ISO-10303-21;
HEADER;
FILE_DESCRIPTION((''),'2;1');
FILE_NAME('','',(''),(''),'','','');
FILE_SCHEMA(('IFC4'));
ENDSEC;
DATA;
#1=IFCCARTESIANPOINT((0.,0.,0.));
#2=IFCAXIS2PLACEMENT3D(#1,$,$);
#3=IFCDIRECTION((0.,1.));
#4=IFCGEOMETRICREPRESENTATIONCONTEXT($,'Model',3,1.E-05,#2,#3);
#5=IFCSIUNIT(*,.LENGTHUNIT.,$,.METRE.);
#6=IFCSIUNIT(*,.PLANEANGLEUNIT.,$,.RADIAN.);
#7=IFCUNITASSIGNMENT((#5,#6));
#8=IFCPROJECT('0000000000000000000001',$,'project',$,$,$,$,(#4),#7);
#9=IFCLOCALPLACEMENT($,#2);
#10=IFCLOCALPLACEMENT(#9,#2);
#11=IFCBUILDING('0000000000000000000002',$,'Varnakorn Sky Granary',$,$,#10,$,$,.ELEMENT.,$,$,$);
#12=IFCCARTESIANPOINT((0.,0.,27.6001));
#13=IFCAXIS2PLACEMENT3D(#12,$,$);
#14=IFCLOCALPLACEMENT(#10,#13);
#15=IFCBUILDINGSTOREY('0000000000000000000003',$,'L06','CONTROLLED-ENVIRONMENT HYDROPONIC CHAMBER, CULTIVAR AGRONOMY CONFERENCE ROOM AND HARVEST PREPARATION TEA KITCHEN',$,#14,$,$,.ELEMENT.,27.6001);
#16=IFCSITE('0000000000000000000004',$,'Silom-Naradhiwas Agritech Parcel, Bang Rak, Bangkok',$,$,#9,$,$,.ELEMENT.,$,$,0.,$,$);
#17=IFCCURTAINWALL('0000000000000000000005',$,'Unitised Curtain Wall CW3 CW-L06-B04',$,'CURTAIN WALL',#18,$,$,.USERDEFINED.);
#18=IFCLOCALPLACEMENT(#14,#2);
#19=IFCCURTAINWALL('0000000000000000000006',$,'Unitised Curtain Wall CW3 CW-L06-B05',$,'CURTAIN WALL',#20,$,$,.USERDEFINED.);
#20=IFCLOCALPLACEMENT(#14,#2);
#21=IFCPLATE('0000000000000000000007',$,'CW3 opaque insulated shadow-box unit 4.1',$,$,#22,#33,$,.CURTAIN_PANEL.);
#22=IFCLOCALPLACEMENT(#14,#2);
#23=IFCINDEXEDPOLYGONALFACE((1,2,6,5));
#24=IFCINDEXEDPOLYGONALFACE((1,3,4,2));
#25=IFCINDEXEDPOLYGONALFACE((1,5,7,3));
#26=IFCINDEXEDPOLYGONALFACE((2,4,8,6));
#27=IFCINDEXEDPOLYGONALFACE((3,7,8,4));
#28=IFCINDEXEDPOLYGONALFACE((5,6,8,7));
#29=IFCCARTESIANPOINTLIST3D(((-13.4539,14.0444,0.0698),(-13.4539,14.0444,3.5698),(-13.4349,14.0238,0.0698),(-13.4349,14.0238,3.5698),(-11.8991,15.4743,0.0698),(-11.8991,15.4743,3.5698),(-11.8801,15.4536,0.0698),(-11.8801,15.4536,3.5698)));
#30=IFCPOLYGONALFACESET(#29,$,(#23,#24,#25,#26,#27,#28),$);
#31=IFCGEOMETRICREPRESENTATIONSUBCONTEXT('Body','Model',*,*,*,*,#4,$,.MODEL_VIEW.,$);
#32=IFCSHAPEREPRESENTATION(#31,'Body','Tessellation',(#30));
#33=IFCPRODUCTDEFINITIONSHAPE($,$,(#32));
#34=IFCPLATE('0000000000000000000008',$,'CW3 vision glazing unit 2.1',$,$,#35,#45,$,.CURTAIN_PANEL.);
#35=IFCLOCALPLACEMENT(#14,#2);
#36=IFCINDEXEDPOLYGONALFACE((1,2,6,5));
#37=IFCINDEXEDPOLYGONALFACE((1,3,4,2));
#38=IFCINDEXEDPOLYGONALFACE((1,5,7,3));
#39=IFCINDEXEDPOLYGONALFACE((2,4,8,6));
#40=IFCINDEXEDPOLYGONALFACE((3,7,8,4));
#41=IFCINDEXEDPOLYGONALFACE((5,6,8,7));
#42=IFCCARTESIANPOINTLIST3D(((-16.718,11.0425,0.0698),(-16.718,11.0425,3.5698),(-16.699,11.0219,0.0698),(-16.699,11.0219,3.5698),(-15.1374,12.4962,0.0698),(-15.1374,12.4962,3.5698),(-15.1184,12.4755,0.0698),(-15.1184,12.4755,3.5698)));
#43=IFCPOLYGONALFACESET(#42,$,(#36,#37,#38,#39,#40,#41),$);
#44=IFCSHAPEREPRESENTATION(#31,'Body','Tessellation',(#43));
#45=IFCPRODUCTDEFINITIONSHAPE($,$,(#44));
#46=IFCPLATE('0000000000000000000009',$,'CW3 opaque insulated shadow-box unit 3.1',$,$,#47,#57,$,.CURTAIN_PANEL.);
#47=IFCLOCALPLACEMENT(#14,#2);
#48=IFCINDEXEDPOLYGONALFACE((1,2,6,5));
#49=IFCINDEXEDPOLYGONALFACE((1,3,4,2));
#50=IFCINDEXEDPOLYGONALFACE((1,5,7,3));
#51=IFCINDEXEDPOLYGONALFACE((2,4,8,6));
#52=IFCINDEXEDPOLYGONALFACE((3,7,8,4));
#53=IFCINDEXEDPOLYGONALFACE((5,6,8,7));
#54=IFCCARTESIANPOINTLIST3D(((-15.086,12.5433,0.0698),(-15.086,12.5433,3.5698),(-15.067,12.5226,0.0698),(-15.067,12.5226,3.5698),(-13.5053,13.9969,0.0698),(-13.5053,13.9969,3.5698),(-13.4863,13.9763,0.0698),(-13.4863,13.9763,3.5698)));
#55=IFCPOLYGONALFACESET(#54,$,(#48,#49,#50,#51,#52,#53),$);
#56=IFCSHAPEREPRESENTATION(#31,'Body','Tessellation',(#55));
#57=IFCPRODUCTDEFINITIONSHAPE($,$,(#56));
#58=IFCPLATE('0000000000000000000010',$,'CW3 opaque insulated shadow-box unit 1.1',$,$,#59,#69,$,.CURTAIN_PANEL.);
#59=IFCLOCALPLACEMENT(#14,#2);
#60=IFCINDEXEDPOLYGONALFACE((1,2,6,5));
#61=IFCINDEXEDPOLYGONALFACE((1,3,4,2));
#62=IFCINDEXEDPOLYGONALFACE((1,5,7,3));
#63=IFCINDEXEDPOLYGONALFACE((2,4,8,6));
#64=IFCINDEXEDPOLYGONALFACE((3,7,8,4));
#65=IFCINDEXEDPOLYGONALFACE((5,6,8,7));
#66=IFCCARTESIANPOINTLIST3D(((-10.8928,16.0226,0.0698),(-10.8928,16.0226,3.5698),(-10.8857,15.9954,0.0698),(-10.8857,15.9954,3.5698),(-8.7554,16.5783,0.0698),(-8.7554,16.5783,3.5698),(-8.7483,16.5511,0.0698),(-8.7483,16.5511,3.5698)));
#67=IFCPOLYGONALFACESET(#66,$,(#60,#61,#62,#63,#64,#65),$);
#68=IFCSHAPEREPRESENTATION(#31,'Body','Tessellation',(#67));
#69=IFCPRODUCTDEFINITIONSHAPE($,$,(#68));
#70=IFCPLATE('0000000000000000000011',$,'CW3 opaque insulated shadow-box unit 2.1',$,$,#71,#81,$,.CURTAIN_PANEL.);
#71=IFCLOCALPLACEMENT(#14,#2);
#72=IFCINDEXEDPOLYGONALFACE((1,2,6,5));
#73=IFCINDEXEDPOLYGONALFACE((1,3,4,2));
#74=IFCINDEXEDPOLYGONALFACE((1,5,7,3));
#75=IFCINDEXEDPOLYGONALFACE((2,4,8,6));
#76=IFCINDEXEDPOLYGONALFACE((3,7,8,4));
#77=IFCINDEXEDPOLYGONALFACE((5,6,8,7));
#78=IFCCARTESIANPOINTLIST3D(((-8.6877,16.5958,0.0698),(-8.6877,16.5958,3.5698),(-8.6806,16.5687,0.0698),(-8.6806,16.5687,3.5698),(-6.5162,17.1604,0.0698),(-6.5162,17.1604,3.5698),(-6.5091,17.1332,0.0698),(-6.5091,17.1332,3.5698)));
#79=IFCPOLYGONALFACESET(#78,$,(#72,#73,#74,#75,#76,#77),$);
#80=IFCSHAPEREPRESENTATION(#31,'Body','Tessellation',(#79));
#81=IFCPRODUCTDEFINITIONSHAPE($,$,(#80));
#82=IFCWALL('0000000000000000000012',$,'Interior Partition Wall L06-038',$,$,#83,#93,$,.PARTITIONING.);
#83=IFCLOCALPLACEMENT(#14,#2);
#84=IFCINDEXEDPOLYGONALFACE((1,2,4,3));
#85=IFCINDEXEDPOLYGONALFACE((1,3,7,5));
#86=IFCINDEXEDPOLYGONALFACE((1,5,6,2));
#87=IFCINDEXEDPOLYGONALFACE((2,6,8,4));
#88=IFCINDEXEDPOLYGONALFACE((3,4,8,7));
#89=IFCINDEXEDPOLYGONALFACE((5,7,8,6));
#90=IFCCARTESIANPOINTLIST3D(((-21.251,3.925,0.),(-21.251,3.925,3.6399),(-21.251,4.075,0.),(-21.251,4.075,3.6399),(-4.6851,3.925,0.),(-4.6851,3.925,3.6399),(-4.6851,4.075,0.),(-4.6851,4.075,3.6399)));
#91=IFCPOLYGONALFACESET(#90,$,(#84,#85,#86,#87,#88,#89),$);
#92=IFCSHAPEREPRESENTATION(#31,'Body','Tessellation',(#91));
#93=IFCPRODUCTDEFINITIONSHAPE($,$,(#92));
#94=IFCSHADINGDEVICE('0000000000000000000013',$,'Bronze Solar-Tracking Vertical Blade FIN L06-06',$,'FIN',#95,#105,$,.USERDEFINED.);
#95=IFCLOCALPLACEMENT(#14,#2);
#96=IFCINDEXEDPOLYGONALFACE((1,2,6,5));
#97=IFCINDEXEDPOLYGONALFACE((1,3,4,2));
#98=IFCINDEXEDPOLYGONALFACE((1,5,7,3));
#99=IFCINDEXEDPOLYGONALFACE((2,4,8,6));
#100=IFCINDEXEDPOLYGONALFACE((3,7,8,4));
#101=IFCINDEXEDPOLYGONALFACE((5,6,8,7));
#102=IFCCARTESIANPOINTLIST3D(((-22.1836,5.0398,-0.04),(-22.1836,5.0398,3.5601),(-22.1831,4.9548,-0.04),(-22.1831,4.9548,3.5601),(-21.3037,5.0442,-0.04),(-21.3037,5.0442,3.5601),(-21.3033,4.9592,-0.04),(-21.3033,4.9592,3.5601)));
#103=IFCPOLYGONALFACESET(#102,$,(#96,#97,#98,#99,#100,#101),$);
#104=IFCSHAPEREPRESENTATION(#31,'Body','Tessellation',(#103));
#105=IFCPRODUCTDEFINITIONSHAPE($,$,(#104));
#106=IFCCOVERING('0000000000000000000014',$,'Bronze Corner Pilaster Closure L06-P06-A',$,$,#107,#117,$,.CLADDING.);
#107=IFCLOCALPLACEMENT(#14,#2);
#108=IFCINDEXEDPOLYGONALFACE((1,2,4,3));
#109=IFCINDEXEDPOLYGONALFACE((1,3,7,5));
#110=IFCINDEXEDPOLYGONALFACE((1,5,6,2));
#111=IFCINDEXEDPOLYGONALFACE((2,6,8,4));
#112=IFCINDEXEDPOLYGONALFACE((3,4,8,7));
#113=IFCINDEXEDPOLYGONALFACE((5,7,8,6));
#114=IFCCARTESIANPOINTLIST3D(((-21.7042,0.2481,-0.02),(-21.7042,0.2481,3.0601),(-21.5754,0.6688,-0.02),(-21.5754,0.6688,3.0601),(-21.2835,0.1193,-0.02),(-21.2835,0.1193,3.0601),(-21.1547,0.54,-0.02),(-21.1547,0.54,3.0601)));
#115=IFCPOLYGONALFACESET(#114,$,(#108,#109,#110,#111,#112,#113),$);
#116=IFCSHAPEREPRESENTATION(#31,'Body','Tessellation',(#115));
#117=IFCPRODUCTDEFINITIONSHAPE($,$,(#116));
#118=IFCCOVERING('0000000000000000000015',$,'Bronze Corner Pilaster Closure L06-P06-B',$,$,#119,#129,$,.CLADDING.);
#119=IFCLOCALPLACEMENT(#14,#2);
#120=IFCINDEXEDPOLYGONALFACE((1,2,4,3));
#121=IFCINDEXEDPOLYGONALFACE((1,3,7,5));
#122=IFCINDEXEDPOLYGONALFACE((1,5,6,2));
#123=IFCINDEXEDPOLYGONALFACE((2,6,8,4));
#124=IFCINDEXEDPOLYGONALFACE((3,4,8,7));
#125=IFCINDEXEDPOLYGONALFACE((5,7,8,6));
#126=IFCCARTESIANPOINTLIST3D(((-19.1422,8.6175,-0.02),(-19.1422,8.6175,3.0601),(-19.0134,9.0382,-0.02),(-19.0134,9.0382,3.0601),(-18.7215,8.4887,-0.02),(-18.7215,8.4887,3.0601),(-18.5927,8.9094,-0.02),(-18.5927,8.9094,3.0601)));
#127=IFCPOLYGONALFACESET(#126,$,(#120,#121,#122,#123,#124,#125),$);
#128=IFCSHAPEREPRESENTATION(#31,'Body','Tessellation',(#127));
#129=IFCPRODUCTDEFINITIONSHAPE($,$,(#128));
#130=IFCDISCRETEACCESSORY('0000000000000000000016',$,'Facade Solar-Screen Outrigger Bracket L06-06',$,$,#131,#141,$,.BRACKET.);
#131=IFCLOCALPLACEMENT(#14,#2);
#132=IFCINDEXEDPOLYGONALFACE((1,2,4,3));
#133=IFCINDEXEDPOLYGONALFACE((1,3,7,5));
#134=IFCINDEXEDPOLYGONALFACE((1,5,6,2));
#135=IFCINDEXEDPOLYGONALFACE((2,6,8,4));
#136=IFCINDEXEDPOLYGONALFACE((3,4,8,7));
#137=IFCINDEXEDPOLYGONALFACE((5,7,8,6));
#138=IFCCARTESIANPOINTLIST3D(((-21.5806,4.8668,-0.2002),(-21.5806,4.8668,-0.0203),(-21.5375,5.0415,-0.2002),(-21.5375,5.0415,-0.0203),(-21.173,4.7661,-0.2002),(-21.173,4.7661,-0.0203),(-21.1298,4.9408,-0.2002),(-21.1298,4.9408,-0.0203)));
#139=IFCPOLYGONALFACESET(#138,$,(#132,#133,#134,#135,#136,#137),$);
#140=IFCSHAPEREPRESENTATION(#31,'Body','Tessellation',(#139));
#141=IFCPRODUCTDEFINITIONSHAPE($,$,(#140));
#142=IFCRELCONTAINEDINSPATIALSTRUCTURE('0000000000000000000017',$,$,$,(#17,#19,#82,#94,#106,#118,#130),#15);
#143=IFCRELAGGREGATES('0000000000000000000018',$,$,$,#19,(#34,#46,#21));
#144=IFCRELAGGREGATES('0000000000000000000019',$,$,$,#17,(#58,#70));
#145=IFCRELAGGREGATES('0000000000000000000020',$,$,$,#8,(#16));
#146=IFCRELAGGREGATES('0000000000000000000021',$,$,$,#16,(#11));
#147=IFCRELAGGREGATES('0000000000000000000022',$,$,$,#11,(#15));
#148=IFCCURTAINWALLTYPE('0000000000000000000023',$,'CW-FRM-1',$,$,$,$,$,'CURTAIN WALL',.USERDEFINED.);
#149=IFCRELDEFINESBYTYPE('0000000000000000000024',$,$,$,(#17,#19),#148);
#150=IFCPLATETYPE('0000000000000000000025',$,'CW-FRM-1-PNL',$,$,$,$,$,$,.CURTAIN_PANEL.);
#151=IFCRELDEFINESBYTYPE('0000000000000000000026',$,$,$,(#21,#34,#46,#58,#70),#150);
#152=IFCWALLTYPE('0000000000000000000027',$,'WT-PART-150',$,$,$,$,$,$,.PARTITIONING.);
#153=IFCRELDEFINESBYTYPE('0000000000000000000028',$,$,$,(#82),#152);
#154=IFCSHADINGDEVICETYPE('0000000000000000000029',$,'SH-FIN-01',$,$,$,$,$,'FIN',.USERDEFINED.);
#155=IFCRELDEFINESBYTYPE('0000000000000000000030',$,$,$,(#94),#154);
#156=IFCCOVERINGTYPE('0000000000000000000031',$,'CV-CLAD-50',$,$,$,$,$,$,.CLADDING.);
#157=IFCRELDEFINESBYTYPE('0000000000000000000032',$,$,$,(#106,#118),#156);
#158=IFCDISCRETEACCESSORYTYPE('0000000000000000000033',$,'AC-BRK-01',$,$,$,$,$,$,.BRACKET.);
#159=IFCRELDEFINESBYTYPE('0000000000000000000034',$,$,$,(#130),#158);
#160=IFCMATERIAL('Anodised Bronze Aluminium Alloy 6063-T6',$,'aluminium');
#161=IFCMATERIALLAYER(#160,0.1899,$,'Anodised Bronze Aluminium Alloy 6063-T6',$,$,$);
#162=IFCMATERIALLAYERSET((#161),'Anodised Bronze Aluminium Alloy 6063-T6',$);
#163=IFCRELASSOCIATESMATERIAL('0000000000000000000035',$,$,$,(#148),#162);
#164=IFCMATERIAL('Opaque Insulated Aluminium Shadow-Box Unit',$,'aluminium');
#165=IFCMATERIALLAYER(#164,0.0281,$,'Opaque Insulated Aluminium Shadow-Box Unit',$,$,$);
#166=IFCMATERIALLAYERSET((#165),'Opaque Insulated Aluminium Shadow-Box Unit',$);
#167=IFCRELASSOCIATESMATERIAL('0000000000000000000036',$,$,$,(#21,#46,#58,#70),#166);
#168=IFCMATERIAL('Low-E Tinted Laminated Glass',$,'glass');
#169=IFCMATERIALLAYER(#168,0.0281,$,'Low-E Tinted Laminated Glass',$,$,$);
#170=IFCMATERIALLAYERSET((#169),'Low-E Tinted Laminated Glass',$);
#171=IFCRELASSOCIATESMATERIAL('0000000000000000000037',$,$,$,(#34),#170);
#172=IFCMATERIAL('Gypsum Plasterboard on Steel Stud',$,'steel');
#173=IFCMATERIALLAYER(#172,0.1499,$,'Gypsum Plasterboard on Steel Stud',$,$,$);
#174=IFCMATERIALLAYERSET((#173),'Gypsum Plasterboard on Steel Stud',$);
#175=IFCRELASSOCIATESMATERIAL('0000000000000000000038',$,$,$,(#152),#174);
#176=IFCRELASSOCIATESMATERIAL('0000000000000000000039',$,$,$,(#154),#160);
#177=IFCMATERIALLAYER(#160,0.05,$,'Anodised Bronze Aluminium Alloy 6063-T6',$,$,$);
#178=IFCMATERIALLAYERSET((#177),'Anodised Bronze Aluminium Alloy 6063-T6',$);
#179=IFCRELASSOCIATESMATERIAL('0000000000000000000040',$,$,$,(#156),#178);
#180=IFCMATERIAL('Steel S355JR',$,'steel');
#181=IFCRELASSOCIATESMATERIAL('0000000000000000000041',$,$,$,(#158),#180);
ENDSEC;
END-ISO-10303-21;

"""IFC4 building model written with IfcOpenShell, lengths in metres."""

from ifc_helpers import new_model, si_unit, direction, frame, frame_2d, origin, origin_2d, place, context, subcontext, project, spatial, rectangle, extrude, source, transform, mapped, material, layer, layer_set, type_object, type_shapes, element, aggregate, save


model = new_model("IFC4")

# Units and contexts
model_context = context("Model", 3, precision=1e-05, world=origin(), true_north=direction((0.0, 1.0)))
body_context = subcontext(model_context, "Body", "Model", "MODEL_VIEW")
ifc_project = project(units=[si_unit("LENGTHUNIT", "METRE"), si_unit("PLANEANGLEUNIT", "RADIAN")], contexts=[model_context])

# Site, building, storey
site_placement = place(None, origin())
site = spatial("IfcSite", under=ifc_project, at=site_placement, Name="Silom-Naradhiwas Agritech Parcel, Bang Rak, Bangkok", CompositionType="ELEMENT", RefElevation=0.0)
building_placement = place(site_placement, origin())
building = spatial("IfcBuilding", under=site, at=building_placement, Name="Varnakorn Sky Granary", CompositionType="ELEMENT")
storey_placement = place(building_placement, frame((0.0, 0.0, 27.6001)))
storey = spatial("IfcBuildingStorey", under=building, at=storey_placement, Name="L06", Description="CONTROLLED-ENVIRONMENT HYDROPONIC CHAMBER, CULTIVAR AGRONOMY CONFERENCE ROOM AND HARVEST PREPARATION TEA KITCHEN", CompositionType="ELEMENT", Elevation=27.6001)

# Shared definitions
ifc_material_1 = material(Name="Steel S355JR", Category="steel")

# Curtain walls
ifc_material_2 = material(Name="Anodised Bronze Aluminium Alloy 6063-T6", Category="aluminium")
ifc_layer_1 = layer(ifc_material_2, 0.1899, Name="Anodised Bronze Aluminium Alloy 6063-T6")
ifc_layer_set_1 = layer_set([ifc_layer_1], Name="Anodised Bronze Aluminium Alloy 6063-T6")
curtain_wall_type = type_object("IfcCurtainWallType", Name="CW-FRM-1", ElementType="CURTAIN WALL", PredefinedType="USERDEFINED", material=ifc_layer_set_1)
curtain_wall_1_placement = place(storey_placement, origin())
curtain_wall_1 = element("IfcCurtainWall", 1, at=curtain_wall_1_placement, inside=storey, type_object=curtain_wall_type, Name="Unitised Curtain Wall CW3 CW-L06-B04", ObjectType="CURTAIN WALL", PredefinedType="USERDEFINED")
curtain_wall_2_placement = place(storey_placement, origin())
curtain_wall_2 = element("IfcCurtainWall", 2, at=curtain_wall_2_placement, inside=storey, type_object=curtain_wall_type, Name="Unitised Curtain Wall CW3 CW-L06-B05", ObjectType="CURTAIN WALL", PredefinedType="USERDEFINED")

# Plates
ifc_material_3 = material(Name="Low-E Tinted Laminated Glass", Category="glass")
ifc_layer_2 = layer(ifc_material_3, 0.0281, Name="Low-E Tinted Laminated Glass")
ifc_layer_set_2 = layer_set([ifc_layer_2], Name="Low-E Tinted Laminated Glass")
plate_type_1 = type_object("IfcPlateType", Name="CW-FRM-1-PNL", PredefinedType="CURTAIN_PANEL")
shared_shape_1 = source(origin(), body_context, "Body", "SweptSolid", [
    extrude(rectangle(XDim=2.1123, YDim=0.0281, at=origin_2d()), origin(), (0.0, 0.0, 1.0), 3.5),
])
ifc_material_4 = material(Name="Opaque Insulated Aluminium Shadow-Box Unit", Category="aluminium")
ifc_layer_3 = layer(ifc_material_4, 0.0281, Name="Opaque Insulated Aluminium Shadow-Box Unit")
ifc_layer_set_3 = layer_set([ifc_layer_3], Name="Opaque Insulated Aluminium Shadow-Box Unit")
plate_1_placement = place(storey_placement, frame((-12.667, 14.749, 0.0698), z_axis=(0.0, 0.0, 1.0), x_axis=(0.736062, 0.676914, 0.0)))
plate_1 = element("IfcPlate", 3, at=plate_1_placement, type_object=plate_type_1, material=ifc_layer_set_3, Name="CW3 opaque insulated shadow-box unit 4.1", PredefinedType="CURTAIN_PANEL", context=body_context, shape_type="MappedRepresentation", body=[
    mapped(shared_shape_1, transform((0.0, 0.0, 0.0), x_axis=(1.0, 0.0, 0.0), y_axis=(0.0, 1.0, 0.0), z_axis=(0.0, 0.0, 1.0), scale=1.0)),
])
shared_shape_2 = source(origin(), body_context, "Body", "SweptSolid", [
    extrude(rectangle(XDim=2.1475, YDim=0.0281, at=origin_2d()), origin(), (0.0, 0.0, 1.0), 3.5),
])
plate_2_placement = place(storey_placement, frame((-15.9182, 11.759, 0.0698), z_axis=(0.0, 0.0, 1.0), x_axis=(0.736062, 0.676914, 0.0)))
plate_2 = element("IfcPlate", 4, at=plate_2_placement, type_object=plate_type_1, material=ifc_layer_set_2, Name="CW3 vision glazing unit 2.1", PredefinedType="CURTAIN_PANEL", context=body_context, shape_type="MappedRepresentation", body=[
    mapped(shared_shape_2, transform((0.0, 0.0, 0.0), x_axis=(1.0, 0.0, 0.0), y_axis=(0.0, 1.0, 0.0), z_axis=(0.0, 0.0, 1.0), scale=1.0)),
])
plate_3_placement = place(storey_placement, frame((-14.2861, 13.2598, 0.0698), z_axis=(0.0, 0.0, 1.0), x_axis=(0.736062, 0.676914, 0.0)))
plate_3 = element("IfcPlate", 5, at=plate_3_placement, type_object=plate_type_1, material=ifc_layer_set_3, Name="CW3 opaque insulated shadow-box unit 3.1", PredefinedType="CURTAIN_PANEL", context=body_context, shape_type="MappedRepresentation", body=[
    mapped(shared_shape_2, transform((0.0, 0.0, 0.0), x_axis=(1.0, 0.0, 0.0), y_axis=(0.0, 1.0, 0.0), z_axis=(0.0, 0.0, 1.0), scale=1.0)),
])
aggregate(curtain_wall_2, [plate_2, plate_3, plate_1])
shared_shape_3 = source(origin(), body_context, "Body", "SweptSolid", [
    extrude(rectangle(XDim=2.2085, YDim=0.0281, at=origin_2d()), origin(), (0.0, 0.0, 1.0), 3.5),
])
plate_4_placement = place(storey_placement, frame((-9.8206, 16.2869, 0.0698), z_axis=(0.0, 0.0, 1.0), x_axis=(0.967829, 0.251609, 0.0)))
plate_4 = element("IfcPlate", 6, at=plate_4_placement, type_object=plate_type_1, material=ifc_layer_set_3, Name="CW3 opaque insulated shadow-box unit 1.1", PredefinedType="CURTAIN_PANEL", context=body_context, shape_type="MappedRepresentation", body=[
    mapped(shared_shape_3, transform((0.0, 0.0, 0.0), x_axis=(1.0, 0.0, 0.0), y_axis=(0.0, 1.0, 0.0), z_axis=(0.0, 0.0, 1.0), scale=1.0)),
])
shared_shape_4 = source(origin(), body_context, "Body", "SweptSolid", [
    extrude(rectangle(XDim=2.2437, YDim=0.0281, at=origin_2d()), origin(), (0.0, 0.0, 1.0), 3.5),
])
type_shapes(plate_type_1, [shared_shape_1, shared_shape_2, shared_shape_3, shared_shape_4])
plate_5_placement = place(storey_placement, frame((-7.5984, 16.8645, 0.0698), z_axis=(0.0, 0.0, 1.0), x_axis=(0.967829, 0.251609, 0.0)))
plate_5 = element("IfcPlate", 7, at=plate_5_placement, type_object=plate_type_1, material=ifc_layer_set_3, Name="CW3 opaque insulated shadow-box unit 2.1", PredefinedType="CURTAIN_PANEL", context=body_context, shape_type="MappedRepresentation", body=[
    mapped(shared_shape_4, transform((0.0, 0.0, 0.0), x_axis=(1.0, 0.0, 0.0), y_axis=(0.0, 1.0, 0.0), z_axis=(0.0, 0.0, 1.0), scale=1.0)),
])
aggregate(curtain_wall_1, [plate_4, plate_5])

# Wall
ifc_material_5 = material(Name="Gypsum Plasterboard on Steel Stud", Category="steel")
ifc_layer_4 = layer(ifc_material_5, 0.1499, Name="Gypsum Plasterboard on Steel Stud")
ifc_layer_set_4 = layer_set([ifc_layer_4], Name="Gypsum Plasterboard on Steel Stud")
wall_type = type_object("IfcWallType", Name="WT-PART-150", PredefinedType="PARTITIONING", material=ifc_layer_set_4)
wall_placement = place(storey_placement, frame((-21.251, 4.0, 0.0), z_axis=(0.0, 0.0, 1.0), x_axis=(1.0, 0.0, 0.0)))
element("IfcWall", 8, at=wall_placement, inside=storey, type_object=wall_type, Name="Interior Partition Wall L06-038", PredefinedType="PARTITIONING", context=body_context, shape_type="SweptSolid", body=[
    extrude(rectangle(XDim=16.5659, YDim=0.1499, at=frame_2d((8.283, 0.0))), origin(), (0.0, 0.0, 1.0), 3.6399),
])

# Shading device
shading_device_type = type_object("IfcShadingDeviceType", Name="SH-FIN-01", ElementType="FIN", PredefinedType="USERDEFINED", material=ifc_material_2)
shared_shape_5 = source(origin(), body_context, "Body", "SweptSolid", [
    extrude(rectangle(XDim=0.085, YDim=0.8799, at=origin_2d()), origin(), (0.0, 0.0, 1.0), 3.6001),
])
type_shapes(shading_device_type, [shared_shape_5])
shading_device_placement = place(storey_placement, frame((-21.7434, 4.9995, -0.04), z_axis=(0.0, 0.0, 1.0), x_axis=(0.005019, -0.999987, 0.0)))
element("IfcShadingDevice", 9, at=shading_device_placement, inside=storey, type_object=shading_device_type, Name="Bronze Solar-Tracking Vertical Blade FIN L06-06", ObjectType="FIN", PredefinedType="USERDEFINED", context=body_context, shape_type="MappedRepresentation", body=[
    mapped(shared_shape_5, transform((0.0, 0.0, 0.0), x_axis=(1.0, 0.0, 0.0), y_axis=(0.0, 1.0, 0.0), z_axis=(0.0, 0.0, 1.0), scale=1.0)),
])

# Coverings
ifc_layer_5 = layer(ifc_material_2, 0.05, Name="Anodised Bronze Aluminium Alloy 6063-T6")
ifc_layer_set_5 = layer_set([ifc_layer_5], Name="Anodised Bronze Aluminium Alloy 6063-T6")
covering_type = type_object("IfcCoveringType", Name="CV-CLAD-50", PredefinedType="CLADDING", material=ifc_layer_set_5)
shared_shape_6 = source(origin(), body_context, "Body", "SweptSolid", [
    extrude(rectangle(XDim=0.4399, YDim=0.4399, at=origin_2d()), origin(), (0.0, 0.0, 1.0), 3.0801),
])
type_shapes(covering_type, [shared_shape_6])
for number, where, z_axis, x_axis, name in (
    (10, (-21.4294, 0.394, -0.02), (0.0, 0.0, 1.0), (0.292706, 0.956203, 0.0), "Bronze Corner Pilaster Closure L06-P06-A"),
    (11, (-18.8674, 8.7634, -0.02), (0.0, 0.0, 1.0), (0.292706, 0.956203, 0.0), "Bronze Corner Pilaster Closure L06-P06-B"),
):
    element("IfcCovering", number, at=place(storey_placement, frame(where, z_axis=z_axis, x_axis=x_axis)), inside=storey, type_object=covering_type, Name=name, PredefinedType="CLADDING", context=body_context, shape_type="MappedRepresentation", body=[
        mapped(shared_shape_6, transform((0.0, 0.0, 0.0), x_axis=(1.0, 0.0, 0.0), y_axis=(0.0, 1.0, 0.0), z_axis=(0.0, 0.0, 1.0), scale=1.0)),
    ])

# Discrete accessory
discrete_accessory_type = type_object("IfcDiscreteAccessoryType", Name="AC-BRK-01", PredefinedType="BRACKET", material=ifc_material_1)
shared_shape_7 = source(origin(), body_context, "Body", "SweptSolid", [
    extrude(rectangle(XDim=0.1799, YDim=0.4199, at=origin_2d()), origin(), (0.0, 0.0, 1.0), 0.1799),
])
type_shapes(discrete_accessory_type, [shared_shape_7])
discrete_accessory_placement = place(storey_placement, frame((-21.3552, 4.9038, -0.2002), z_axis=(0.0, 0.0, 1.0), x_axis=(-0.239768, -0.97083, 0.0)))
element("IfcDiscreteAccessory", 12, at=discrete_accessory_placement, inside=storey, type_object=discrete_accessory_type, Name="Facade Solar-Screen Outrigger Bracket L06-06", PredefinedType="BRACKET", context=body_context, shape_type="MappedRepresentation", body=[
    mapped(shared_shape_7, transform((0.0, 0.0, 0.0), x_axis=(1.0, 0.0, 0.0), y_axis=(0.0, 1.0, 0.0), z_axis=(0.0, 0.0, 1.0), scale=1.0)),
])

save(model, "model.ifc")
